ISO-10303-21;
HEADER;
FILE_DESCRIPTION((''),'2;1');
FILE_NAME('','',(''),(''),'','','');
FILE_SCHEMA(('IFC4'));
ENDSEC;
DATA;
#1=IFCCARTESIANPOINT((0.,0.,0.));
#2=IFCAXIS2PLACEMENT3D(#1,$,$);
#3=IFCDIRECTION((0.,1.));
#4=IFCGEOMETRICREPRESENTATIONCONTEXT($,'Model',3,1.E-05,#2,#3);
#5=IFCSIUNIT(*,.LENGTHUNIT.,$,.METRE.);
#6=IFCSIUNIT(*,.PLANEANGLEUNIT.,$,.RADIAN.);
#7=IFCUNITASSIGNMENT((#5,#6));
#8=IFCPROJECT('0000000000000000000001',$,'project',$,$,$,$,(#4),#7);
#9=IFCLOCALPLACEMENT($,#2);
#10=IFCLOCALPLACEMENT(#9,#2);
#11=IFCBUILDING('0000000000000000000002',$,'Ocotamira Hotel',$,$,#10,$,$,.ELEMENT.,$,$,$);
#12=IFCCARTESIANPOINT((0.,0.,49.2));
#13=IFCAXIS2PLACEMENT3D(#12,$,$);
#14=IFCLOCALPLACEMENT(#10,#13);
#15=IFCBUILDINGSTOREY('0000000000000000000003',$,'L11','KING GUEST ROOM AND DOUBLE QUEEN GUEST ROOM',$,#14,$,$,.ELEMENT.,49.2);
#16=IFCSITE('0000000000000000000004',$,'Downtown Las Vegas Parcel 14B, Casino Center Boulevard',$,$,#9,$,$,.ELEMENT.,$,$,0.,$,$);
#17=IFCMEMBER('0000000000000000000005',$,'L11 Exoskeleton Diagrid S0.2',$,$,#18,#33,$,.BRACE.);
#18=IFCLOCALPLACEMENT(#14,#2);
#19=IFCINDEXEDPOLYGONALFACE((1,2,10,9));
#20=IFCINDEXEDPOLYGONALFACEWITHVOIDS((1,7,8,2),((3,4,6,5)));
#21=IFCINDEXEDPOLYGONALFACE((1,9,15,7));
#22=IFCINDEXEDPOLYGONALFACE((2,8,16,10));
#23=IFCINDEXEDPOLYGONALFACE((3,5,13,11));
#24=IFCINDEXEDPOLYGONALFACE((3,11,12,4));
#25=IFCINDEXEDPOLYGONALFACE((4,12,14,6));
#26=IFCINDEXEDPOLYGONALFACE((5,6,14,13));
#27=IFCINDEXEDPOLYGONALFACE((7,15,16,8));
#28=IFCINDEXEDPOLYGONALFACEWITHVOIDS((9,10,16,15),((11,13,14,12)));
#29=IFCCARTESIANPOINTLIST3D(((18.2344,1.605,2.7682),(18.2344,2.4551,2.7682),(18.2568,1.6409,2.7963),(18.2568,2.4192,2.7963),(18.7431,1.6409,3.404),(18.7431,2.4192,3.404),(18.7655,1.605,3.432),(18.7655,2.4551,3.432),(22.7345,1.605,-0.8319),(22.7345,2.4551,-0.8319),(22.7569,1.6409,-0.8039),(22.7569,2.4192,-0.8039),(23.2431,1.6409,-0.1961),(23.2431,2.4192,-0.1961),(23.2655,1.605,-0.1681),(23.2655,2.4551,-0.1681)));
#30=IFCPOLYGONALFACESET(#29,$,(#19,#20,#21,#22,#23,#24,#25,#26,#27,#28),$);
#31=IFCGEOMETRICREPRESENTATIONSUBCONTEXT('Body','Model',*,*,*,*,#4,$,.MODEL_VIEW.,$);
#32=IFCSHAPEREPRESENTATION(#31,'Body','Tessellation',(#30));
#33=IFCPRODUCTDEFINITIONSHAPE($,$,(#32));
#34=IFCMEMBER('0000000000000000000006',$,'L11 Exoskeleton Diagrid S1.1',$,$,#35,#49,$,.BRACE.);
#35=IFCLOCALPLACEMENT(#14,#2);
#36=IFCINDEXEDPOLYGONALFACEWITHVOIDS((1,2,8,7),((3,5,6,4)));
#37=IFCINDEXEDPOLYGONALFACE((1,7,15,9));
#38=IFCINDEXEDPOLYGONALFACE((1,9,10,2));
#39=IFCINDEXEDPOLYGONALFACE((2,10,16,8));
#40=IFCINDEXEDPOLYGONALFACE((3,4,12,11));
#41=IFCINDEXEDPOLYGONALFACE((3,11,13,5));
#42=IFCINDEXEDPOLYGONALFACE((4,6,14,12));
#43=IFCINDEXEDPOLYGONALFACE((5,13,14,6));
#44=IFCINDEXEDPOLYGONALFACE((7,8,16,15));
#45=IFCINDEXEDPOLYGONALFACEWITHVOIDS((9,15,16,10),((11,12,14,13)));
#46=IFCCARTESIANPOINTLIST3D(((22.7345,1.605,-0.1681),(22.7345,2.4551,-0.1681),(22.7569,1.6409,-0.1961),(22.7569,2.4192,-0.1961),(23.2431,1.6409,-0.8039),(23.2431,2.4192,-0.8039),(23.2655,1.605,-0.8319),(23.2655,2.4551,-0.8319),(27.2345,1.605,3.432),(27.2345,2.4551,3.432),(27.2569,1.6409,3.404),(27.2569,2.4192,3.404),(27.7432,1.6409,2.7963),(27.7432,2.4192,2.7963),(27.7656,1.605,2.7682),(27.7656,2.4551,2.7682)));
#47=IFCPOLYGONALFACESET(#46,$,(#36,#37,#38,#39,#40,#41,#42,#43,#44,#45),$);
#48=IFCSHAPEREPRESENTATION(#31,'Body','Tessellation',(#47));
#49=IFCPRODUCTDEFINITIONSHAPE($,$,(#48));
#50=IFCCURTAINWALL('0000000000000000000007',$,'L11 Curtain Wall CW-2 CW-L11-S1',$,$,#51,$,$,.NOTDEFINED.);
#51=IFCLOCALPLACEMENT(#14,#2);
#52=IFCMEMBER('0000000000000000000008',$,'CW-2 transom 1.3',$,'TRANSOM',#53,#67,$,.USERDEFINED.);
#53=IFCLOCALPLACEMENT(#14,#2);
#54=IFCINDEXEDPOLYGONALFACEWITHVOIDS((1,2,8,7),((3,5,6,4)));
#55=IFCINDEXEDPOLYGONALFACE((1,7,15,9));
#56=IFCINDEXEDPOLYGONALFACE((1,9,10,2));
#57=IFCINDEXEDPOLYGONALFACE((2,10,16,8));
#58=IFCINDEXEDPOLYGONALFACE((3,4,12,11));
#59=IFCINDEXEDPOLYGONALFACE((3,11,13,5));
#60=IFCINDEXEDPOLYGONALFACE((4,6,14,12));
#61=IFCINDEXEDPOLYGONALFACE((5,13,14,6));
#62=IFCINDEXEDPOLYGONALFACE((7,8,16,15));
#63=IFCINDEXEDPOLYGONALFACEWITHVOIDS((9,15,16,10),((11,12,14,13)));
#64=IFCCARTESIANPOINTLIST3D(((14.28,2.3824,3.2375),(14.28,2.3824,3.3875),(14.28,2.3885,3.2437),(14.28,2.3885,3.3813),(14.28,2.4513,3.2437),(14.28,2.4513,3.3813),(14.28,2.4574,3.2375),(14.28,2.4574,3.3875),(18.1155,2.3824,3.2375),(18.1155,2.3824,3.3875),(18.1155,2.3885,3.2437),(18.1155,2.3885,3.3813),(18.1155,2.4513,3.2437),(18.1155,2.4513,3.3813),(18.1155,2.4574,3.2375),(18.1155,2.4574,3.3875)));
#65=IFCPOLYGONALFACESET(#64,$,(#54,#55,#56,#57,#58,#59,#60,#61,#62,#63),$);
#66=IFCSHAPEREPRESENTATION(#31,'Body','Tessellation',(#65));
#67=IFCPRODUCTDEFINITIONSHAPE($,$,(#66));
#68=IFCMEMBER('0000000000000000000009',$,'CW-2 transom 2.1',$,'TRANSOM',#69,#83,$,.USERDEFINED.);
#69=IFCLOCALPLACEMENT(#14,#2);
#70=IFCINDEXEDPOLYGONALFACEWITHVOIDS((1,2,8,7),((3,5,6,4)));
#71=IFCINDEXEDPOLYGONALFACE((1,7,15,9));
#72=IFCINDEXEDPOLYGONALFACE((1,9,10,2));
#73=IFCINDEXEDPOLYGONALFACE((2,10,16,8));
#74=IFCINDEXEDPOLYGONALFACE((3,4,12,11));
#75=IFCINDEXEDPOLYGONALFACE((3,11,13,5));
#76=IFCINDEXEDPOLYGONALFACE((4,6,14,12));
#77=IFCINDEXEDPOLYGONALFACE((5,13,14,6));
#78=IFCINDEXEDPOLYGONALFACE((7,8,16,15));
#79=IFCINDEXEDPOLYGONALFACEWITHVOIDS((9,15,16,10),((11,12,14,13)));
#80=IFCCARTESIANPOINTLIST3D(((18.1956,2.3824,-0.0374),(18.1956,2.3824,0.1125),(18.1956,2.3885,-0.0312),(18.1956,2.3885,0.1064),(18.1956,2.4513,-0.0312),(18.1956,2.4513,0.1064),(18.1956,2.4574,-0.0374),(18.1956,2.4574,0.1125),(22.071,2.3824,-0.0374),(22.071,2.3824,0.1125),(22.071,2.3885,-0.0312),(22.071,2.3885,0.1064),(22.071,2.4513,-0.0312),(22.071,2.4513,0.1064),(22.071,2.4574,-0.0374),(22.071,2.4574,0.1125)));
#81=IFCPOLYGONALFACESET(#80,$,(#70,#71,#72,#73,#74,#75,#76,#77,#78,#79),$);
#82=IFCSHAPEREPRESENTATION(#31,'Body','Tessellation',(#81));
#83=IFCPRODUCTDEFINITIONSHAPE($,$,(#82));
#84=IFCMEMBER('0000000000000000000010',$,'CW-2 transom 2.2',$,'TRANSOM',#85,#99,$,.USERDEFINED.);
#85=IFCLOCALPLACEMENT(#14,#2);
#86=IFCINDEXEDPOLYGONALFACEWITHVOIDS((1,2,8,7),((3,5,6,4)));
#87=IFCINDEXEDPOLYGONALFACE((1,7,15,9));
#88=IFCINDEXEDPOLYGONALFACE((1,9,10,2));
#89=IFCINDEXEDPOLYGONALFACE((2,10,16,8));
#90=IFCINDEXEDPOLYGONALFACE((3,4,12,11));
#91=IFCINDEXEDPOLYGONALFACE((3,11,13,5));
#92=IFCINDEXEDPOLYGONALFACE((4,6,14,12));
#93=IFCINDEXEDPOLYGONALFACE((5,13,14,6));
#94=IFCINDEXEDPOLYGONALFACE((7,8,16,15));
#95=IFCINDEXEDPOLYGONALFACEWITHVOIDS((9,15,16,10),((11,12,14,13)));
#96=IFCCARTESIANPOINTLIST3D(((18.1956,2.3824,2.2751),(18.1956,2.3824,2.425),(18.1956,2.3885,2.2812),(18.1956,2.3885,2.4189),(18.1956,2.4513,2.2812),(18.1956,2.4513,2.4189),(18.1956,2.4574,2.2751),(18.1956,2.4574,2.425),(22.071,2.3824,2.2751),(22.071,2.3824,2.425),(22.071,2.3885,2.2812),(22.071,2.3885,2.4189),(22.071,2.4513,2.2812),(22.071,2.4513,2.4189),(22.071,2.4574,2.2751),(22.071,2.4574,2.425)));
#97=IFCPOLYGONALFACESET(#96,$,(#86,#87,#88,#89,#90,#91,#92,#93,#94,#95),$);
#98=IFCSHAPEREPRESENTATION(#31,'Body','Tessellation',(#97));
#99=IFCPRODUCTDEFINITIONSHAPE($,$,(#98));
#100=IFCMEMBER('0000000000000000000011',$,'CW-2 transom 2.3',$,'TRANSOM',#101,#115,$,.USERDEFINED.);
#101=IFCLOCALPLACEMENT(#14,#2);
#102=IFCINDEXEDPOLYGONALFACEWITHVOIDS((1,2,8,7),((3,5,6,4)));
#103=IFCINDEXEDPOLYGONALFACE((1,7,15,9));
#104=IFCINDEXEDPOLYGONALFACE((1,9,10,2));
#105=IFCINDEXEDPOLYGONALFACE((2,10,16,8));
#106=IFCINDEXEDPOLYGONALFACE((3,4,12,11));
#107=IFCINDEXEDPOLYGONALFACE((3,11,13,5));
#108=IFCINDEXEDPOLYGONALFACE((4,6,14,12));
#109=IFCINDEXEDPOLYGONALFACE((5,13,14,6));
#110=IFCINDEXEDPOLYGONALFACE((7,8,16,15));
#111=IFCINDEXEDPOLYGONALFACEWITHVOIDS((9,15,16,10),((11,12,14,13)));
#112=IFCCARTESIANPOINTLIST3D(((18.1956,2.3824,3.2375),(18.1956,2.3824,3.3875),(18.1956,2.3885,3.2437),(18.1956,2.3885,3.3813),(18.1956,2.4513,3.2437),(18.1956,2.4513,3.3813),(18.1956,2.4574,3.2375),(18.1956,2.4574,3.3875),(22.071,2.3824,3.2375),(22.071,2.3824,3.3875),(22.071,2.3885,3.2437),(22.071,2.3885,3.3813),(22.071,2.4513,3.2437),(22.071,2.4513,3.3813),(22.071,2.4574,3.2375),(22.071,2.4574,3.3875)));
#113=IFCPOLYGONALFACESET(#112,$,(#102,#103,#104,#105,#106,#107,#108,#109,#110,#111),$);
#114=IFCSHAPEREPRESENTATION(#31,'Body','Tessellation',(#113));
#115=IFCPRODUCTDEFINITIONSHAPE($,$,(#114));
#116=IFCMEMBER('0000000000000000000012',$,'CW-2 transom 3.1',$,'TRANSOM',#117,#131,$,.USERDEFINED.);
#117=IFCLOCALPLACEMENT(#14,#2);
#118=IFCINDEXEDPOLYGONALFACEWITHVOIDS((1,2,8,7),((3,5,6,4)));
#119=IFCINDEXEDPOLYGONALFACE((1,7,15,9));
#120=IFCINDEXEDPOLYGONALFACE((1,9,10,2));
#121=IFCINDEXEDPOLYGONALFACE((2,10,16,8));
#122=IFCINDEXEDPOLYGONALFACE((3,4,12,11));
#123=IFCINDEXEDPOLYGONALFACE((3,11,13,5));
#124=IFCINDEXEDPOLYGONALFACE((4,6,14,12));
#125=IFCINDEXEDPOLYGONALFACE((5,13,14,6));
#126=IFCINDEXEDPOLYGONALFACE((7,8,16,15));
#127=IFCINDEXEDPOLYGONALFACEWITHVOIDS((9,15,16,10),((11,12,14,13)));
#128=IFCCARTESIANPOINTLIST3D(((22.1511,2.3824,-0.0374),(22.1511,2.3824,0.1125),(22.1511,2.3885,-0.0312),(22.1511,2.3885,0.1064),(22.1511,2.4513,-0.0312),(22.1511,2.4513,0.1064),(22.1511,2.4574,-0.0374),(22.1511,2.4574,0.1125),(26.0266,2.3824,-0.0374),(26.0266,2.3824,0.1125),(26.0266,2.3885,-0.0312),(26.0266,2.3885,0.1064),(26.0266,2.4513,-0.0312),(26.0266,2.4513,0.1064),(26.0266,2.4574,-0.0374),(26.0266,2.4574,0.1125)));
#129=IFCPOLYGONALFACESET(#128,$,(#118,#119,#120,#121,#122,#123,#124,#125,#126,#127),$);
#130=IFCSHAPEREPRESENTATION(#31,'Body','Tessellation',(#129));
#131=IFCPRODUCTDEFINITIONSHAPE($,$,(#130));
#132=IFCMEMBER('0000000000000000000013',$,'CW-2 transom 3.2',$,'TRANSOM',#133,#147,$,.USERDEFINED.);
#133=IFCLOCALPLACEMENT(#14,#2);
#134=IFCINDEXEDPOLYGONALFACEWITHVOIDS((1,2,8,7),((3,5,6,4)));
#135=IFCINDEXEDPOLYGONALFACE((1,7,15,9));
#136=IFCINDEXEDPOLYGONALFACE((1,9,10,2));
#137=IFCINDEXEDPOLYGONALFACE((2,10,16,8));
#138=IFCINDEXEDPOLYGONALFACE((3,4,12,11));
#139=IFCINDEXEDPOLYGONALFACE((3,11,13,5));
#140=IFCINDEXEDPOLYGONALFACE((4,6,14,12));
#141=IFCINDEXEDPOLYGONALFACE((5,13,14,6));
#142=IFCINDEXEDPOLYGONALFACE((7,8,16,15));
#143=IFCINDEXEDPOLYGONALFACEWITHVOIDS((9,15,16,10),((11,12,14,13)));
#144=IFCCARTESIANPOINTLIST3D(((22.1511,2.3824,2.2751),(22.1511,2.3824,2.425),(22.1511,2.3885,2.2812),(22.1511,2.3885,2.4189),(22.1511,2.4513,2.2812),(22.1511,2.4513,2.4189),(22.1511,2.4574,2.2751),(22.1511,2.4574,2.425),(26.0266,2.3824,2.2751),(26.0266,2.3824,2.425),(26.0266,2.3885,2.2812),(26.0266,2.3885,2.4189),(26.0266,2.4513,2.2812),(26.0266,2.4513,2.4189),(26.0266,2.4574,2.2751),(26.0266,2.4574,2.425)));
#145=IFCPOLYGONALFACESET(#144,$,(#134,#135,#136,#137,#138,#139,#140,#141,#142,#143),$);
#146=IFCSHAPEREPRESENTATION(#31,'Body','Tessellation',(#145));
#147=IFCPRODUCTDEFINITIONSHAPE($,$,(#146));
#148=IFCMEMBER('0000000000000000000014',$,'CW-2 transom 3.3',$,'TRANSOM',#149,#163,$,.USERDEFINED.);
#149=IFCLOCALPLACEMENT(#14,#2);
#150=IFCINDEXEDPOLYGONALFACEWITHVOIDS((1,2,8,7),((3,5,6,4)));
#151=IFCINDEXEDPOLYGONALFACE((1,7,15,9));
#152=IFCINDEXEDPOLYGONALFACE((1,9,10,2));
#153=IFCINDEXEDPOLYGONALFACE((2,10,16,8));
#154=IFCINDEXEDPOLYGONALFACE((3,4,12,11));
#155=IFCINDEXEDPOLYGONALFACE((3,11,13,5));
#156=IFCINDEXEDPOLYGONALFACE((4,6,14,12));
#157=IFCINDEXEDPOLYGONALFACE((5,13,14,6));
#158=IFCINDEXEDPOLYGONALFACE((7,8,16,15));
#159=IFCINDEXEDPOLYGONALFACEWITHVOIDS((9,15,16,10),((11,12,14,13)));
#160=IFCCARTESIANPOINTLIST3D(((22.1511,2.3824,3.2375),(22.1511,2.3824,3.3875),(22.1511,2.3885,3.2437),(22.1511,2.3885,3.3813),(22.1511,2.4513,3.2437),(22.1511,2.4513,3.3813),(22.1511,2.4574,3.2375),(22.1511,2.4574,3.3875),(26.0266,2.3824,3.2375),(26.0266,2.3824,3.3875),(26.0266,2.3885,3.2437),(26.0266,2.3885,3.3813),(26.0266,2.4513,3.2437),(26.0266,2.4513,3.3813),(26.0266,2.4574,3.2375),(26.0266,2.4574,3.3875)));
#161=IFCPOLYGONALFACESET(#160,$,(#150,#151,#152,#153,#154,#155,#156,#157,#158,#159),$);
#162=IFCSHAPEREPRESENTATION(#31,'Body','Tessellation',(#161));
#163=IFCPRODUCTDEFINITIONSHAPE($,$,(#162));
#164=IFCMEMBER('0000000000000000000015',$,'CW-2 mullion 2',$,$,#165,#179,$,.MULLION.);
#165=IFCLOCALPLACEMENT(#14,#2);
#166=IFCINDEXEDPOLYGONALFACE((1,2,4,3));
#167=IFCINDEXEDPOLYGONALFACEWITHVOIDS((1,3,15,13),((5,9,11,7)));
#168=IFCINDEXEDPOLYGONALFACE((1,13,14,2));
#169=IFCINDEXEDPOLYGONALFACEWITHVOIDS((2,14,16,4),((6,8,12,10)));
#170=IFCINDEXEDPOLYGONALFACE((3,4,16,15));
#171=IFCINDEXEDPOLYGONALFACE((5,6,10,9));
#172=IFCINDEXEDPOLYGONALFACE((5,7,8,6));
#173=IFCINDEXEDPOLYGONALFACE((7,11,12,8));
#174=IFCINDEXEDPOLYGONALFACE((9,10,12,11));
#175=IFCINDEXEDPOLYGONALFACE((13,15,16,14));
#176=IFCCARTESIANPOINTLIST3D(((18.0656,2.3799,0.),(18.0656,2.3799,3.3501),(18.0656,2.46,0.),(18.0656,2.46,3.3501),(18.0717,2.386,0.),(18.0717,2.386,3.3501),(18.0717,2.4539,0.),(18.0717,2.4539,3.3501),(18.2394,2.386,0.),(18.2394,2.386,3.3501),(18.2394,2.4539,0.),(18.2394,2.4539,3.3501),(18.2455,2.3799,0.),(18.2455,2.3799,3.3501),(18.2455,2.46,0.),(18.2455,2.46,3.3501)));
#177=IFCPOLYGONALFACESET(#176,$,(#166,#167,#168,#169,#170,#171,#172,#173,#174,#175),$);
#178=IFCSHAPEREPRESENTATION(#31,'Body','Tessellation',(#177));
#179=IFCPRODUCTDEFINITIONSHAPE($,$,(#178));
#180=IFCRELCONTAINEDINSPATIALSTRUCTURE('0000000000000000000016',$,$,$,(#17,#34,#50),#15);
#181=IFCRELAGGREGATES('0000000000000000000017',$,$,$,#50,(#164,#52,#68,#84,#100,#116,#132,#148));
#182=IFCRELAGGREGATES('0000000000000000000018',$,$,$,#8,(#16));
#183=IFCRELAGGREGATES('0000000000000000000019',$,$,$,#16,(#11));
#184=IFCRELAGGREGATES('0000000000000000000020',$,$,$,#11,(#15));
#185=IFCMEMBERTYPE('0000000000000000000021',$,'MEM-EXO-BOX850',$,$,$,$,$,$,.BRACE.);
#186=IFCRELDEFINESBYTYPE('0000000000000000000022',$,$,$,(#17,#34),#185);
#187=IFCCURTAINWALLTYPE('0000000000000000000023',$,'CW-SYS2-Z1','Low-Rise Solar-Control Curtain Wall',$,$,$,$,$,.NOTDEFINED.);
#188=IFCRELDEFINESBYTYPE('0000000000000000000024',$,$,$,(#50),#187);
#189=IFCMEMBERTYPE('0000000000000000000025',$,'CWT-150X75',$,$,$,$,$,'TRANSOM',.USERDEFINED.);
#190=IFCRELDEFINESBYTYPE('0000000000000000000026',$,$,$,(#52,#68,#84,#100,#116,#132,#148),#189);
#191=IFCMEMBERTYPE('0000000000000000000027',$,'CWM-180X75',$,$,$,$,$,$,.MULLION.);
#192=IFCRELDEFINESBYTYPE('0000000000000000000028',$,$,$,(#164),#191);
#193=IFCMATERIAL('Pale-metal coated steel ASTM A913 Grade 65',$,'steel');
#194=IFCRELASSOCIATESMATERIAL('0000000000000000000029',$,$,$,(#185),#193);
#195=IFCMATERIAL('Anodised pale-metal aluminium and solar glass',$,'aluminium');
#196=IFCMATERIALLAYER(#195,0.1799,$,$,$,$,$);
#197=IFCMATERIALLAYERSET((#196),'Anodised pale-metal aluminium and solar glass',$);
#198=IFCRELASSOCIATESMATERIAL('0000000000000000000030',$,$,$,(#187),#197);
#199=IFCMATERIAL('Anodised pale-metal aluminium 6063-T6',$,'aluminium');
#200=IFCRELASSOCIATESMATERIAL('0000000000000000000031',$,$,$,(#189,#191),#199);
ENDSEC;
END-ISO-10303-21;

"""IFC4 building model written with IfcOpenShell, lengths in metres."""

from ifc_helpers import new_model, si_unit, direction, frame, origin, origin_2d, place, context, subcontext, project, spatial, hollow_rectangle, extrude, source, transform, mapped, material, layer, layer_set, material_profile, profile_set, type_object, element, aggregate, save


model = new_model("IFC4")

# Units and contexts
model_context = context("Model", 3, precision=1e-05, world=origin(), true_north=direction((0.0, 1.0)))
body_context = subcontext(model_context, "Body", "Model", "MODEL_VIEW")
ifc_project = project(units=[si_unit("LENGTHUNIT", "METRE"), si_unit("PLANEANGLEUNIT", "RADIAN")], contexts=[model_context])

# Site, building, storey
site_placement = place(None, origin())
site = spatial("IfcSite", under=ifc_project, at=site_placement, Name="Downtown Las Vegas Parcel 14B, Casino Center Boulevard", CompositionType="ELEMENT", RefElevation=0.0)
building_placement = place(site_placement, origin())
building = spatial("IfcBuilding", under=site, at=building_placement, Name="Ocotamira Hotel", CompositionType="ELEMENT")
storey_placement = place(building_placement, frame((0.0, 0.0, 49.2)))
storey = spatial("IfcBuildingStorey", under=building, at=storey_placement, Name="L11", Description="KING GUEST ROOM AND DOUBLE QUEEN GUEST ROOM", CompositionType="ELEMENT", Elevation=49.2)

# Members
ifc_material_1 = material(Name="Pale-metal coated steel ASTM A913 Grade 65", Category="steel")
ifc_material_profile_1 = material_profile(ifc_material_1, hollow_rectangle(XDim=0.8501, YDim=0.8501, WallThickness=0.0359, at=origin_2d()), Name="BOX850X850X36")
ifc_profile_set_1 = profile_set([ifc_material_profile_1], Name="Pale-metal coated steel ASTM A913 Grade 65")
member_type_1 = type_object("IfcMemberType", Name="MEM-EXO-BOX850", PredefinedType="BRACE", material=ifc_profile_set_1)
shared_shape_1 = source(origin(), body_context, "Body", "SweptSolid", [
    extrude(hollow_rectangle(XDim=0.8501, YDim=0.8501, WallThickness=0.0359, at=origin_2d()), origin(), (0.0, 0.0, 1.0), 5.7629),
])
for number, where, z_axis, x_axis, name in (
    (1, (23.0, 2.03, -0.5), (-0.780861, 0.0, 0.624705), (0.0, -1.0, 0.0), "L11 Exoskeleton Diagrid S0.2"),
    (2, (23.0, 2.03, -0.5), (0.780861, 0.0, 0.624705), (0.0, 1.0, 0.0), "L11 Exoskeleton Diagrid S1.1"),
):
    element("IfcMember", number, at=place(storey_placement, frame(where, z_axis=z_axis, x_axis=x_axis)), inside=storey, type_object=member_type_1, Name=name, PredefinedType="BRACE", context=body_context, shape_type="MappedRepresentation", body=[
        mapped(shared_shape_1, transform((0.0, 0.0, 0.0), scale=1.0)),
    ])

# Curtain wall, members
ifc_material_2 = material(Name="Anodised pale-metal aluminium and solar glass", Category="aluminium")
ifc_layer_1 = layer(ifc_material_2, 0.1799)
ifc_layer_set_1 = layer_set([ifc_layer_1], Name="Anodised pale-metal aluminium and solar glass")
curtain_wall_type = type_object("IfcCurtainWallType", Name="CW-SYS2-Z1", Description="Low-Rise Solar-Control Curtain Wall", PredefinedType="NOTDEFINED", material=ifc_layer_set_1)
curtain_wall_placement = place(storey_placement, origin())
curtain_wall = element("IfcCurtainWall", 3, at=curtain_wall_placement, inside=storey, type_object=curtain_wall_type, Name="L11 Curtain Wall CW-2 CW-L11-S1", PredefinedType="NOTDEFINED")
ifc_material_3 = material(Name="Anodised pale-metal aluminium 6063-T6", Category="aluminium")
ifc_material_profile_2 = material_profile(ifc_material_3, hollow_rectangle(XDim=0.075, YDim=0.1499, WallThickness=0.0061, at=origin_2d()), Name="HSS150X75X6")
ifc_profile_set_2 = profile_set([ifc_material_profile_2], Name="Anodised pale-metal aluminium 6063-T6")
member_type_2 = type_object("IfcMemberType", Name="CWT-150X75", ElementType="TRANSOM", PredefinedType="USERDEFINED", material=ifc_profile_set_2)
shared_shape_2 = source(origin(), body_context, "Body", "SweptSolid", [
    extrude(hollow_rectangle(XDim=0.075, YDim=0.1499, WallThickness=0.0061, at=origin_2d()), origin(), (0.0, 0.0, 1.0), 3.8354),
])
member_1_placement = place(storey_placement, frame((14.28, 2.4199, 3.3125), z_axis=(1.0, 0.0, 0.0), x_axis=(0.0, 1.0, 0.0)))
member_1 = element("IfcMember", 4, at=member_1_placement, type_object=member_type_2, Name="CW-2 transom 1.3", ObjectType="TRANSOM", PredefinedType="USERDEFINED", context=body_context, shape_type="MappedRepresentation", body=[
    mapped(shared_shape_2, transform((0.0, 0.0, 0.0), scale=1.0)),
])
shared_shape_3 = source(origin(), body_context, "Body", "SweptSolid", [
    extrude(hollow_rectangle(XDim=0.075, YDim=0.1499, WallThickness=0.0061, at=origin_2d()), origin(), (0.0, 0.0, 1.0), 3.8755),
])
member_2_placement = place(storey_placement, frame((18.1956, 2.4199, 0.0376), z_axis=(1.0, 0.0, 0.0), x_axis=(0.0, 1.0, 0.0)))
member_2 = element("IfcMember", 5, at=member_2_placement, type_object=member_type_2, Name="CW-2 transom 2.1", ObjectType="TRANSOM", PredefinedType="USERDEFINED", context=body_context, shape_type="MappedRepresentation", body=[
    mapped(shared_shape_3, transform((0.0, 0.0, 0.0), scale=1.0)),
])
member_3_placement = place(storey_placement, frame((18.1956, 2.4199, 2.3501), z_axis=(1.0, 0.0, 0.0), x_axis=(0.0, 1.0, 0.0)))
member_3 = element("IfcMember", 6, at=member_3_placement, type_object=member_type_2, Name="CW-2 transom 2.2", ObjectType="TRANSOM", PredefinedType="USERDEFINED", context=body_context, shape_type="MappedRepresentation", body=[
    mapped(shared_shape_3, transform((0.0, 0.0, 0.0), scale=1.0)),
])
member_4_placement = place(storey_placement, frame((18.1956, 2.4199, 3.3125), z_axis=(1.0, 0.0, 0.0), x_axis=(0.0, 1.0, 0.0)))
member_4 = element("IfcMember", 7, at=member_4_placement, type_object=member_type_2, Name="CW-2 transom 2.3", ObjectType="TRANSOM", PredefinedType="USERDEFINED", context=body_context, shape_type="MappedRepresentation", body=[
    mapped(shared_shape_3, transform((0.0, 0.0, 0.0), scale=1.0)),
])
member_5_placement = place(storey_placement, frame((22.1511, 2.4199, 0.0376), z_axis=(1.0, 0.0, 0.0), x_axis=(0.0, 1.0, 0.0)))
member_5 = element("IfcMember", 8, at=member_5_placement, type_object=member_type_2, Name="CW-2 transom 3.1", ObjectType="TRANSOM", PredefinedType="USERDEFINED", context=body_context, shape_type="MappedRepresentation", body=[
    mapped(shared_shape_3, transform((0.0, 0.0, 0.0), scale=1.0)),
])
member_6_placement = place(storey_placement, frame((22.1511, 2.4199, 2.3501), z_axis=(1.0, 0.0, 0.0), x_axis=(0.0, 1.0, 0.0)))
member_6 = element("IfcMember", 9, at=member_6_placement, type_object=member_type_2, Name="CW-2 transom 3.2", ObjectType="TRANSOM", PredefinedType="USERDEFINED", context=body_context, shape_type="MappedRepresentation", body=[
    mapped(shared_shape_3, transform((0.0, 0.0, 0.0), scale=1.0)),
])
member_7_placement = place(storey_placement, frame((22.1511, 2.4199, 3.3125), z_axis=(1.0, 0.0, 0.0), x_axis=(0.0, 1.0, 0.0)))
member_7 = element("IfcMember", 10, at=member_7_placement, type_object=member_type_2, Name="CW-2 transom 3.3", ObjectType="TRANSOM", PredefinedType="USERDEFINED", context=body_context, shape_type="MappedRepresentation", body=[
    mapped(shared_shape_3, transform((0.0, 0.0, 0.0), scale=1.0)),
])
ifc_material_profile_3 = material_profile(ifc_material_3, hollow_rectangle(XDim=0.0801, YDim=0.1799, WallThickness=0.0061, at=origin_2d()), Name="HSS180X80X6")
ifc_profile_set_3 = profile_set([ifc_material_profile_3], Name="Anodised pale-metal aluminium 6063-T6")
member_type_3 = type_object("IfcMemberType", Name="CWM-180X75", PredefinedType="MULLION", material=ifc_profile_set_3)
shared_shape_4 = source(origin(), body_context, "Body", "SweptSolid", [
    extrude(hollow_rectangle(XDim=0.0801, YDim=0.1799, WallThickness=0.0061, at=origin_2d()), origin(), (0.0, 0.0, 1.0), 3.3501),
])
member_8_placement = place(storey_placement, frame((18.1555, 2.4199, 0.0), z_axis=(0.0, 0.0, 1.0), x_axis=(0.0, 1.0, 0.0)))
member_8 = element("IfcMember", 11, at=member_8_placement, type_object=member_type_3, Name="CW-2 mullion 2", PredefinedType="MULLION", context=body_context, shape_type="MappedRepresentation", body=[
    mapped(shared_shape_4, transform((0.0, 0.0, 0.0), scale=1.0)),
])

aggregate(curtain_wall, [member_8, member_1, member_2, member_3, member_4, member_5, member_6, member_7])

save(model, "model.ifc")
